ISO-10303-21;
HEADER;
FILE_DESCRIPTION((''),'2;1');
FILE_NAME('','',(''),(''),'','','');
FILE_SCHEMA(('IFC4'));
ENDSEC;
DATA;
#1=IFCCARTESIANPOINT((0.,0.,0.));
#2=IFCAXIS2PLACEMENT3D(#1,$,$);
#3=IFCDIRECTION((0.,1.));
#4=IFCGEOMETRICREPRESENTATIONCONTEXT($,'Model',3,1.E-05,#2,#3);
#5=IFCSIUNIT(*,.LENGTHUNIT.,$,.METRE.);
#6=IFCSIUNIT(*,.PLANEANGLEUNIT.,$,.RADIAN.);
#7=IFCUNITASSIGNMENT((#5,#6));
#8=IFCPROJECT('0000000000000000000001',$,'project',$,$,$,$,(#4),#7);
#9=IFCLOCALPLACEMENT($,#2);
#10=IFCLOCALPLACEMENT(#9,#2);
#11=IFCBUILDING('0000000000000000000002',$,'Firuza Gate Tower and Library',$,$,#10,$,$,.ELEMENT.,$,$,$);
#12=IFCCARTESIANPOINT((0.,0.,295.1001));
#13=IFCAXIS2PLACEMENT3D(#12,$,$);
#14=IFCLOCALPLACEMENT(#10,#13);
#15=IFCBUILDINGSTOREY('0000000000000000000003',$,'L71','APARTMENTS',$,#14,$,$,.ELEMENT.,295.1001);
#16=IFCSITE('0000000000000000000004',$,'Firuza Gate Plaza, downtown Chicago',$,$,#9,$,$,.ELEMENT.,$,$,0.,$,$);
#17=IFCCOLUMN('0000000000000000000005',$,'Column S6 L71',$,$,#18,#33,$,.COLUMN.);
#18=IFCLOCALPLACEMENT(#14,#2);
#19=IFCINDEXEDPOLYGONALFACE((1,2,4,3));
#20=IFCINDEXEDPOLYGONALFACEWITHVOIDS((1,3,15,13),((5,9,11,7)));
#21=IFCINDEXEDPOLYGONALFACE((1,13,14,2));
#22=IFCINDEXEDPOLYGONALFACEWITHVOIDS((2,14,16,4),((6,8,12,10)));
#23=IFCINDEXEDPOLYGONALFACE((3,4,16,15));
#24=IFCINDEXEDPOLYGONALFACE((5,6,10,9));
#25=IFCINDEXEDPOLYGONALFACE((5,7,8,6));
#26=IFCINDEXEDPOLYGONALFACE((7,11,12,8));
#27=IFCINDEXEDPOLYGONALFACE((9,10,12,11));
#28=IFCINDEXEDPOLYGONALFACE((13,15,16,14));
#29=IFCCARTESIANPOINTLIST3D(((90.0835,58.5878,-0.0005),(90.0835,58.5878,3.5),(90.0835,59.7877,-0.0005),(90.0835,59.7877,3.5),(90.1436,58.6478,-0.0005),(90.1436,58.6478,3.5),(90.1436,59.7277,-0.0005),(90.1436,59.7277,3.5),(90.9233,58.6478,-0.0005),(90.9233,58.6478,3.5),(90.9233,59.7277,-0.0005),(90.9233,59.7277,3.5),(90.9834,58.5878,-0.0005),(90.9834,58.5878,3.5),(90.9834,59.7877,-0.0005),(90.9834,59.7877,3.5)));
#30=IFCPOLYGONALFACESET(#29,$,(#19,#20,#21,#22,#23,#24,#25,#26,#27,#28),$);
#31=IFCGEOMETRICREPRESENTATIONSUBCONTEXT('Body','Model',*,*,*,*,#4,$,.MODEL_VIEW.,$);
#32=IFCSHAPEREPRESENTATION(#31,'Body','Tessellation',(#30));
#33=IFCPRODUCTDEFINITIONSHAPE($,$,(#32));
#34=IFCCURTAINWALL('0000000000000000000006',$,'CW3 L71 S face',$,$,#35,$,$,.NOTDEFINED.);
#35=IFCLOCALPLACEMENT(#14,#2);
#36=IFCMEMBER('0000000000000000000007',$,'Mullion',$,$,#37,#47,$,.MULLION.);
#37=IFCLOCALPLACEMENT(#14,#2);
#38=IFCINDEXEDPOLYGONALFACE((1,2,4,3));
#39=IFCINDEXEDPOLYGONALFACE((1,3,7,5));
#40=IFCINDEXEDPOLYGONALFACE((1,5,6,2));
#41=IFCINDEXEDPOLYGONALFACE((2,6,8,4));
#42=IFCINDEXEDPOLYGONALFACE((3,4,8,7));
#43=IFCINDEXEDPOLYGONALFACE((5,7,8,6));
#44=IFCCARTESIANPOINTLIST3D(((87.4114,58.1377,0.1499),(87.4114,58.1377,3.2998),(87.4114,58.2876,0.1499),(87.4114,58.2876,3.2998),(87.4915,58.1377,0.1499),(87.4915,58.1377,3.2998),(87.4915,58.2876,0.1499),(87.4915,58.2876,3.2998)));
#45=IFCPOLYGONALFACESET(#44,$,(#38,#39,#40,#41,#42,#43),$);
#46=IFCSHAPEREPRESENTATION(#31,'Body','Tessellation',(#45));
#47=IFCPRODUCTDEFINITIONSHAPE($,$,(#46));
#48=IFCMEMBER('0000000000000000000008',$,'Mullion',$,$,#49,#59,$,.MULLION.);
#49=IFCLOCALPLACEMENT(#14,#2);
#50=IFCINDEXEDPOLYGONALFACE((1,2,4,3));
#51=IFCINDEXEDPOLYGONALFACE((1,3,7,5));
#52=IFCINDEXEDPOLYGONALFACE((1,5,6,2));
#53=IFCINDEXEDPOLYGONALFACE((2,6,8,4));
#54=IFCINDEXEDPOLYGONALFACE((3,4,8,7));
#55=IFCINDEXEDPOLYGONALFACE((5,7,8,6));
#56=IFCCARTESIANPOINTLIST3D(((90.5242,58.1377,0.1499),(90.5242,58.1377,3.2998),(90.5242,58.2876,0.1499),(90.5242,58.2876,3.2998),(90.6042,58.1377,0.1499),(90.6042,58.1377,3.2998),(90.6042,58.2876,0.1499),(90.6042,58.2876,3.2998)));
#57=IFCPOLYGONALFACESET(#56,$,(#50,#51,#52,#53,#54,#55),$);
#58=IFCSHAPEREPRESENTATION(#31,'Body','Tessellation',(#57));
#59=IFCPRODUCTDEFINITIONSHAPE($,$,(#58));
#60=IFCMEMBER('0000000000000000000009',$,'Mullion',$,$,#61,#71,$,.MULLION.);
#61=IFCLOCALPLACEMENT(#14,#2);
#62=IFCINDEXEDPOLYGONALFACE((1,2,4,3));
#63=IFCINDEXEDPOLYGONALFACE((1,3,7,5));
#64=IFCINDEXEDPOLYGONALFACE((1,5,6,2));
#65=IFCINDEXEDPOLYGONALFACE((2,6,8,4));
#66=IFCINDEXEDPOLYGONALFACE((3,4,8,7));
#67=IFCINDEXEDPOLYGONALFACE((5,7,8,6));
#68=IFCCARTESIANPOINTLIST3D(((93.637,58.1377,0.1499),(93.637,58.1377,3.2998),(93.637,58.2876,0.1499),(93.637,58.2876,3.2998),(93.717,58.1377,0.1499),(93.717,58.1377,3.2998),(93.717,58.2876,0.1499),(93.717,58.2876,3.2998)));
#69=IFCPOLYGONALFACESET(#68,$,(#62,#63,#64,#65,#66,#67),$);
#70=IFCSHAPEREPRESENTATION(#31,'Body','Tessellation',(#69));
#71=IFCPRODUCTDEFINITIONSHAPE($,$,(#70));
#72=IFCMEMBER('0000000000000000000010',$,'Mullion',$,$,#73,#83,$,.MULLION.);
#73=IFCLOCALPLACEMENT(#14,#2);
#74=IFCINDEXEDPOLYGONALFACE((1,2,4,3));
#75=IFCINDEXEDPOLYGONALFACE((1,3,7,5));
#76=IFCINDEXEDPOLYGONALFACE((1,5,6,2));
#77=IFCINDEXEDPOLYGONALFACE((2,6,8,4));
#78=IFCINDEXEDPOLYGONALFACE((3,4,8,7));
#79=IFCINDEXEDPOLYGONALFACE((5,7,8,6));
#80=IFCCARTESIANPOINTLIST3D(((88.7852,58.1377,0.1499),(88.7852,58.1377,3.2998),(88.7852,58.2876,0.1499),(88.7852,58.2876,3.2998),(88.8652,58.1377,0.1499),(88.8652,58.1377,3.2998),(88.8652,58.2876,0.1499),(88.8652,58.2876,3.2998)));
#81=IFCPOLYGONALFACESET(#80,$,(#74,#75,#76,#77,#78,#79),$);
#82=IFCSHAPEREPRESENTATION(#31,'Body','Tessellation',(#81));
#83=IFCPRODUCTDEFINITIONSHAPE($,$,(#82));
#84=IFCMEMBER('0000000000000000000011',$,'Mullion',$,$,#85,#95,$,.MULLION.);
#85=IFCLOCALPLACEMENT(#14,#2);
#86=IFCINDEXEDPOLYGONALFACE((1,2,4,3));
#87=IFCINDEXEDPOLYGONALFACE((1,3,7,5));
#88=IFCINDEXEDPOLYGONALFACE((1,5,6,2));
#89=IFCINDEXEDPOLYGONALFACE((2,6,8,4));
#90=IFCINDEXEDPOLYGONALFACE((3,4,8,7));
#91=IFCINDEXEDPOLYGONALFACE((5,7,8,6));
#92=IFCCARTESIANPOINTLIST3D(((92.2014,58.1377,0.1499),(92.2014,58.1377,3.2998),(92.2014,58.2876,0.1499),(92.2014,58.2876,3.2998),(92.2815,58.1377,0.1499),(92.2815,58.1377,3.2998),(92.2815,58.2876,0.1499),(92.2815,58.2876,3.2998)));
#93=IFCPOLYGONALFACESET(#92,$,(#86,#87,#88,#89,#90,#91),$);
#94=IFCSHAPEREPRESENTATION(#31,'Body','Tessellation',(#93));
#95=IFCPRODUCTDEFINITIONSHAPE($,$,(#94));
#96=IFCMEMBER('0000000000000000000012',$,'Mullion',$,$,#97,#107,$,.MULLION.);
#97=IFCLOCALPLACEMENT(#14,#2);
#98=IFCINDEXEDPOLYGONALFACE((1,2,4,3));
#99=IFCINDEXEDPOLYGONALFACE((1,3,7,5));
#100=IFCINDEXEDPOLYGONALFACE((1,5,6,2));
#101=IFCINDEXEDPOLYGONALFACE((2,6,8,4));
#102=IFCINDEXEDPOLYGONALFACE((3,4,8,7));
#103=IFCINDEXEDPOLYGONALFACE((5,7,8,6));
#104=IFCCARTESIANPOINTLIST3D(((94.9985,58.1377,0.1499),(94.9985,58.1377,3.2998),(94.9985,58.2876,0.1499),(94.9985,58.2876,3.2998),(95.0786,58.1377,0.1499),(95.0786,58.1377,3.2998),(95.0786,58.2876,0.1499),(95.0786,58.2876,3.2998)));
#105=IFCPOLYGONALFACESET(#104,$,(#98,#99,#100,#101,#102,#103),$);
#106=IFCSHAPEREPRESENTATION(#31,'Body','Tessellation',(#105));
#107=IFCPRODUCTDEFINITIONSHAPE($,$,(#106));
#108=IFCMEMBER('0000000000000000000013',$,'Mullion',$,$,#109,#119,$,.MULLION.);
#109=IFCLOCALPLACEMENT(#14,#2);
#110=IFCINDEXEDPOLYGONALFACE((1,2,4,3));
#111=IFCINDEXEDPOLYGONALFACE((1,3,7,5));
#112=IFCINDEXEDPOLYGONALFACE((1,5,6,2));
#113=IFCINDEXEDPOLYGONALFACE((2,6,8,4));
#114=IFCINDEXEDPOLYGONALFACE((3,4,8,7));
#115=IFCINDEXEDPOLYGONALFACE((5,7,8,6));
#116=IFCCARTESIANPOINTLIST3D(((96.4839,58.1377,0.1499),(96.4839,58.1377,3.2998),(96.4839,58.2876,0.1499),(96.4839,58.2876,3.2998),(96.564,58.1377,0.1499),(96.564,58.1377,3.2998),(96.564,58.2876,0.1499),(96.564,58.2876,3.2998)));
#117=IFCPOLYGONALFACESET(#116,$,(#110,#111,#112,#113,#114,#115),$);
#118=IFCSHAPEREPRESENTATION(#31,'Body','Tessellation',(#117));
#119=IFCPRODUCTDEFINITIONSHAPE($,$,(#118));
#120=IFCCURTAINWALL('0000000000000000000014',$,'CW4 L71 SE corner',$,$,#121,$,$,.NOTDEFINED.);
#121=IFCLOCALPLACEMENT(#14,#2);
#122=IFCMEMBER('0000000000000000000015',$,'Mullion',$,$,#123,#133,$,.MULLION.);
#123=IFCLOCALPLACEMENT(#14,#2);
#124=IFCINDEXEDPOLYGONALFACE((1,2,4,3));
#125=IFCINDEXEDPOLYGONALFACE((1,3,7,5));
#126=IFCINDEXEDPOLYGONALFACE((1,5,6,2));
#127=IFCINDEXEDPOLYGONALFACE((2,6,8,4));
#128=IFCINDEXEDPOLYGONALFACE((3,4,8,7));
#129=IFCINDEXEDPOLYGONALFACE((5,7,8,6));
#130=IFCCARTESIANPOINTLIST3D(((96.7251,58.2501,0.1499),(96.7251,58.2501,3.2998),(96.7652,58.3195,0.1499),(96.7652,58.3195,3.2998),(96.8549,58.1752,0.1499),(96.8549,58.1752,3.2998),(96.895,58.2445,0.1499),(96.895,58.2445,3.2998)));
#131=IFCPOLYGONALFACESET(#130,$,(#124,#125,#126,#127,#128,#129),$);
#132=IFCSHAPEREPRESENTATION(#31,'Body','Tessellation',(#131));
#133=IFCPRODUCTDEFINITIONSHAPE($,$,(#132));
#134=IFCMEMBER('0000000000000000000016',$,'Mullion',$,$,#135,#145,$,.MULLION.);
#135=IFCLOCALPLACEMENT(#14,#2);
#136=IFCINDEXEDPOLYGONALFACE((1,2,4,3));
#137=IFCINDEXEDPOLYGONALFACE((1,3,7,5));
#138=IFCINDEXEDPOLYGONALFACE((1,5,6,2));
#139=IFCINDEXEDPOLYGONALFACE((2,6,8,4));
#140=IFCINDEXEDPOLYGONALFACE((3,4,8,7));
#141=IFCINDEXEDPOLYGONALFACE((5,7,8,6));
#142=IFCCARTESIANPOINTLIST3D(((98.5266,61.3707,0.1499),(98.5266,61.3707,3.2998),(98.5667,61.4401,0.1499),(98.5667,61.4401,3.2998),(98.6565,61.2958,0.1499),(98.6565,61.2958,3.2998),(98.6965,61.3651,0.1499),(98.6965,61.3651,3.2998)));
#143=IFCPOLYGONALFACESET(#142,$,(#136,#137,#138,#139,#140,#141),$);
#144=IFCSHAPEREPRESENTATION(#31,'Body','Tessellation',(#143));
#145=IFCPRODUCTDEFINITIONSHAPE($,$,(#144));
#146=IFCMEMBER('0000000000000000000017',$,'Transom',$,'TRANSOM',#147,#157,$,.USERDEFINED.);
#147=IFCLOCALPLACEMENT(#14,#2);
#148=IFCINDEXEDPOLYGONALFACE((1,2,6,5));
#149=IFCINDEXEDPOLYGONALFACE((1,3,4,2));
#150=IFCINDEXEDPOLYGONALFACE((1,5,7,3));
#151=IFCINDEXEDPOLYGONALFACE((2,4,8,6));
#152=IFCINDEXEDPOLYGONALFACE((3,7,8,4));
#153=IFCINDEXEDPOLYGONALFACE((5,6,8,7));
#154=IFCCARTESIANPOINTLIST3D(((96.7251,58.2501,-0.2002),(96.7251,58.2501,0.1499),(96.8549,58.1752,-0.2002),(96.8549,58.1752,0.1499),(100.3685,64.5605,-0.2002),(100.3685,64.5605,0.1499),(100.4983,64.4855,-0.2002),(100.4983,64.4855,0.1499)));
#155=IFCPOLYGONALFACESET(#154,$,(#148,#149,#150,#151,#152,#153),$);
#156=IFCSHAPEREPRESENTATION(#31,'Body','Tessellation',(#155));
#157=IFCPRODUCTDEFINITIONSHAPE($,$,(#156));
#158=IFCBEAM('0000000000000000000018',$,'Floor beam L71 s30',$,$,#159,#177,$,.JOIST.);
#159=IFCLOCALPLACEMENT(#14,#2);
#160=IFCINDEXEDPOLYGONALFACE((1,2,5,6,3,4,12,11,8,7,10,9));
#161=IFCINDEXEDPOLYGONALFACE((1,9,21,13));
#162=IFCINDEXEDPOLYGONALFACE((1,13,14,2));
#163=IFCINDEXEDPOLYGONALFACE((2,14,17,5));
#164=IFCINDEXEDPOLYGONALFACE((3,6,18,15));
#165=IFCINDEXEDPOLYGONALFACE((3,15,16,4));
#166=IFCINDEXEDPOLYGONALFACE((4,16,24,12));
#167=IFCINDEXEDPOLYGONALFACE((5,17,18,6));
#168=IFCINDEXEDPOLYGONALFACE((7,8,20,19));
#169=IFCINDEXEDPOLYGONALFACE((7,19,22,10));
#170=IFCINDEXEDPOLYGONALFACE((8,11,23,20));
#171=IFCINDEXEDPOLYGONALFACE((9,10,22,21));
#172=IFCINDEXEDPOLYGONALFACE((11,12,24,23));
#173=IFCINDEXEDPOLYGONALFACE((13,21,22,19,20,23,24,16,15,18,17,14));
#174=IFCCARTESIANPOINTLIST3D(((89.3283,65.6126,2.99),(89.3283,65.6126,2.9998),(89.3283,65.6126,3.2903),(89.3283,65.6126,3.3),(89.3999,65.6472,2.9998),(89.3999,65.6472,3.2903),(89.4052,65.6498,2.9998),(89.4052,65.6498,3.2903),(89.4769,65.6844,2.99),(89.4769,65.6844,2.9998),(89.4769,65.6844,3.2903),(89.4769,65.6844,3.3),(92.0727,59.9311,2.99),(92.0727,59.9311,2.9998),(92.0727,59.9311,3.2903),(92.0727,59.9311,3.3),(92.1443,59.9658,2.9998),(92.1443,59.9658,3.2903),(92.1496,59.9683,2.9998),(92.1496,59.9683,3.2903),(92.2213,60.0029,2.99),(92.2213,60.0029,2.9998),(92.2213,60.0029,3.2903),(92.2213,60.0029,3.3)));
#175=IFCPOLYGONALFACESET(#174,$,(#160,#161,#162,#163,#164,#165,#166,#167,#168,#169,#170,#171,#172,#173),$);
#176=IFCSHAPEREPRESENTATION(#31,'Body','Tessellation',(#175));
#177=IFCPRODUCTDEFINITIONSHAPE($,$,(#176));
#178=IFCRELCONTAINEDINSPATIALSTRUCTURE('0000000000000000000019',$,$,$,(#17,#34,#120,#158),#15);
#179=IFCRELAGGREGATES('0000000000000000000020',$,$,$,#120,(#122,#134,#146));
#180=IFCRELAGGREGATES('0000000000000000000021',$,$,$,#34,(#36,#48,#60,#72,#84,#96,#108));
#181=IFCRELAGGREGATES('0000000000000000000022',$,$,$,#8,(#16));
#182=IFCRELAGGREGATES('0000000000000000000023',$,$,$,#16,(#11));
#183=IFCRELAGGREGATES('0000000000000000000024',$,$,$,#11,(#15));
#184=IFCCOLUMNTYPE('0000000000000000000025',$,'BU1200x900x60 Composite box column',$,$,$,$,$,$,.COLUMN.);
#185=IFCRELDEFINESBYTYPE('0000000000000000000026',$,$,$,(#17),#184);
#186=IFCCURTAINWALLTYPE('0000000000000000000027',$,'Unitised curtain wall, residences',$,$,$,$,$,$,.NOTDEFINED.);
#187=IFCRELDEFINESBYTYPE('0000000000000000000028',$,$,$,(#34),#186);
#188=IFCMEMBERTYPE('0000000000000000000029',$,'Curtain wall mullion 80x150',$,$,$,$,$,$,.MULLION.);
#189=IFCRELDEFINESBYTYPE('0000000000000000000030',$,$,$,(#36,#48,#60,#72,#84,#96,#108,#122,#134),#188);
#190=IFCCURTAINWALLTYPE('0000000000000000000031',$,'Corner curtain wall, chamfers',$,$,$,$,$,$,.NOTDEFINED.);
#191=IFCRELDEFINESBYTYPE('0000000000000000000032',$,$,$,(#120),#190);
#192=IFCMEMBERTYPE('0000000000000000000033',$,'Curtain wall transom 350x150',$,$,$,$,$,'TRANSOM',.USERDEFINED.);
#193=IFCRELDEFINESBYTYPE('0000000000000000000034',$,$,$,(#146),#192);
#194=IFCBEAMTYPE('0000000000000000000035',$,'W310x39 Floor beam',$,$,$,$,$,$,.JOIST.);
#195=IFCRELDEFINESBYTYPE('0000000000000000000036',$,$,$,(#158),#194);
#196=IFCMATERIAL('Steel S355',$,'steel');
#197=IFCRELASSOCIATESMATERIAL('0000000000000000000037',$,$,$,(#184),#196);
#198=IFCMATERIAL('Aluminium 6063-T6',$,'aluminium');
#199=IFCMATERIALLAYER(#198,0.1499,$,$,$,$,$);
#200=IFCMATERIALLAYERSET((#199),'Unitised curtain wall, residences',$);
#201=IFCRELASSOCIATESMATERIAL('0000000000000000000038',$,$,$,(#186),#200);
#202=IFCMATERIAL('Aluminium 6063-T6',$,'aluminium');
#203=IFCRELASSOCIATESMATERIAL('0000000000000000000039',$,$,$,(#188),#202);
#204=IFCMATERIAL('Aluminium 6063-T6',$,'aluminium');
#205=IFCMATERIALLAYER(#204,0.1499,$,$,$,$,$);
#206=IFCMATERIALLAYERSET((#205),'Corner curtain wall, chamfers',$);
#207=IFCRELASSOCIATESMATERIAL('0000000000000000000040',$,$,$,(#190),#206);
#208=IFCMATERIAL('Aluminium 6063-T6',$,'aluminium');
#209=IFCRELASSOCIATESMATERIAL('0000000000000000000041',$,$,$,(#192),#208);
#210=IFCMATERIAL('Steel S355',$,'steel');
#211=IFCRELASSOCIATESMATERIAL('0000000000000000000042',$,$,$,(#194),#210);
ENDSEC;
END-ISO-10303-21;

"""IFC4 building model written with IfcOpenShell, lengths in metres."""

from ifc_helpers import new_model, si_unit, direction, frame, origin, origin_2d, place, context, subcontext, project, spatial, rectangle, hollow_rectangle, i_section, extrude, material, layer, layer_set, material_profile, profile_set, type_object, element, aggregate, save


model = new_model("IFC4")

# Units and contexts
model_context = context("Model", 3, precision=1e-05, world=origin(), true_north=direction((0.0, 1.0)))
body_context = subcontext(model_context, "Body", "Model", "MODEL_VIEW")
ifc_project = project(units=[si_unit("LENGTHUNIT", "METRE"), si_unit("PLANEANGLEUNIT", "RADIAN")], contexts=[model_context])

# Site, building, storey
site_placement = place(None, origin())
site = spatial("IfcSite", under=ifc_project, at=site_placement, Name="Firuza Gate Plaza, downtown Chicago", CompositionType="ELEMENT", RefElevation=0.0)
building_placement = place(site_placement, origin())
building = spatial("IfcBuilding", under=site, at=building_placement, Name="Firuza Gate Tower and Library", CompositionType="ELEMENT")
storey_placement = place(building_placement, frame((0.0, 0.0, 295.1001)))
storey = spatial("IfcBuildingStorey", under=building, at=storey_placement, Name="L71", Description="APARTMENTS", CompositionType="ELEMENT", Elevation=295.1001)

# Column
ifc_material_1 = material(Name="Steel S355", Category="steel")
ifc_material_profile_1 = material_profile(ifc_material_1, hollow_rectangle(XDim=0.8999, YDim=1.2, WallThickness=0.0601, at=origin_2d()))
ifc_profile_set_1 = profile_set([ifc_material_profile_1], Name="Steel S355")
column_type = type_object("IfcColumnType", Name="BU1200x900x60 Composite box column", PredefinedType="COLUMN", material=ifc_profile_set_1)
column_placement = place(storey_placement, frame((90.5334, 59.1877, -0.0005), z_axis=(0.0, 0.0, 1.0), x_axis=(1.0, 0.0, 0.0)))
element("IfcColumn", 1, at=column_placement, inside=storey, type_object=column_type, Name="Column S6 L71", PredefinedType="COLUMN", context=body_context, shape_type="SweptSolid", body=[
    extrude(hollow_rectangle(XDim=0.8999, YDim=1.2, WallThickness=0.0601, at=origin_2d()), origin(), (0.0, 0.0, 1.0), 3.5005),
])

# Curtain walls, members
ifc_material_2 = material(Name="Aluminium 6063-T6", Category="aluminium")
ifc_layer_1 = layer(ifc_material_2, 0.1499)
ifc_layer_set_1 = layer_set([ifc_layer_1], Name="Unitised curtain wall, residences")
curtain_wall_type_1 = type_object("IfcCurtainWallType", Name="Unitised curtain wall, residences", PredefinedType="NOTDEFINED", material=ifc_layer_set_1)
placement = place(storey_placement, origin())
curtain_wall_1 = element("IfcCurtainWall", 2, at=placement, inside=storey, type_object=curtain_wall_type_1, Name="CW3 L71 S face", PredefinedType="NOTDEFINED")
ifc_material_3 = material(Name="Aluminium 6063-T6", Category="aluminium")
ifc_material_profile_2 = material_profile(ifc_material_3, rectangle(XDim=0.1499, YDim=0.0801, at=origin_2d()))
ifc_profile_set_2 = profile_set([ifc_material_profile_2], Name="Aluminium 6063-T6")
member_type_1 = type_object("IfcMemberType", Name="Curtain wall mullion 80x150", PredefinedType="MULLION", material=ifc_profile_set_2)
member_1_placement = place(storey_placement, frame((87.4514, 58.2126, 0.1499), z_axis=(0.0, 0.0, 1.0), x_axis=(0.0, 1.0, 0.0)))
member_1 = element("IfcMember", 3, at=member_1_placement, type_object=member_type_1, Name="Mullion", PredefinedType="MULLION", context=body_context, shape_type="SweptSolid", body=[
    extrude(rectangle(XDim=0.1499, YDim=0.0801, at=origin_2d()), origin(), (0.0, 0.0, 1.0), 3.1499),
])
member_2_placement = place(storey_placement, frame((90.5642, 58.2126, 0.1499), z_axis=(0.0, 0.0, 1.0), x_axis=(0.0, 1.0, 0.0)))
member_2 = element("IfcMember", 4, at=member_2_placement, type_object=member_type_1, Name="Mullion", PredefinedType="MULLION", context=body_context, shape_type="SweptSolid", body=[
    extrude(rectangle(XDim=0.1499, YDim=0.0801, at=origin_2d()), origin(), (0.0, 0.0, 1.0), 3.1499),
])
member_3_placement = place(storey_placement, frame((93.677, 58.2126, 0.1499), z_axis=(0.0, 0.0, 1.0), x_axis=(0.0, 1.0, 0.0)))
member_3 = element("IfcMember", 5, at=member_3_placement, type_object=member_type_1, Name="Mullion", PredefinedType="MULLION", context=body_context, shape_type="SweptSolid", body=[
    extrude(rectangle(XDim=0.1499, YDim=0.0801, at=origin_2d()), origin(), (0.0, 0.0, 1.0), 3.1499),
])
member_4_placement = place(storey_placement, frame((88.8252, 58.2126, 0.1499), z_axis=(0.0, 0.0, 1.0), x_axis=(0.0, 1.0, 0.0)))
member_4 = element("IfcMember", 6, at=member_4_placement, type_object=member_type_1, Name="Mullion", PredefinedType="MULLION", context=body_context, shape_type="SweptSolid", body=[
    extrude(rectangle(XDim=0.1499, YDim=0.0801, at=origin_2d()), origin(), (0.0, 0.0, 1.0), 3.1499),
])
member_5_placement = place(storey_placement, frame((92.2415, 58.2126, 0.1499), z_axis=(0.0, 0.0, 1.0), x_axis=(0.0, 1.0, 0.0)))
member_5 = element("IfcMember", 7, at=member_5_placement, type_object=member_type_1, Name="Mullion", PredefinedType="MULLION", context=body_context, shape_type="SweptSolid", body=[
    extrude(rectangle(XDim=0.1499, YDim=0.0801, at=origin_2d()), origin(), (0.0, 0.0, 1.0), 3.1499),
])
member_6_placement = place(storey_placement, frame((95.0386, 58.2126, 0.1499), z_axis=(0.0, 0.0, 1.0), x_axis=(0.0, 1.0, 0.0)))
member_6 = element("IfcMember", 8, at=member_6_placement, type_object=member_type_1, Name="Mullion", PredefinedType="MULLION", context=body_context, shape_type="SweptSolid", body=[
    extrude(rectangle(XDim=0.1499, YDim=0.0801, at=origin_2d()), origin(), (0.0, 0.0, 1.0), 3.1499),
])
member_7_placement = place(storey_placement, frame((96.5239, 58.2126, 0.1499), z_axis=(0.0, 0.0, 1.0), x_axis=(0.0, 1.0, 0.0)))
member_7 = element("IfcMember", 9, at=member_7_placement, type_object=member_type_1, Name="Mullion", PredefinedType="MULLION", context=body_context, shape_type="SweptSolid", body=[
    extrude(rectangle(XDim=0.1499, YDim=0.0801, at=origin_2d()), origin(), (0.0, 0.0, 1.0), 3.1499),
])
ifc_material_4 = material(Name="Aluminium 6063-T6", Category="aluminium")
ifc_layer_2 = layer(ifc_material_4, 0.1499)
ifc_layer_set_2 = layer_set([ifc_layer_2], Name="Corner curtain wall, chamfers")
curtain_wall_type_2 = type_object("IfcCurtainWallType", Name="Corner curtain wall, chamfers", PredefinedType="NOTDEFINED", material=ifc_layer_set_2)
curtain_wall_2 = element("IfcCurtainWall", 10, at=placement, inside=storey, type_object=curtain_wall_type_2, Name="CW4 L71 SE corner", PredefinedType="NOTDEFINED")
member_8_placement = place(storey_placement, frame((96.8101, 58.2473, 0.1499), z_axis=(0.0, 0.0, 1.0), x_axis=(-0.866025, 0.5, 0.0)))
member_8 = element("IfcMember", 11, at=member_8_placement, type_object=member_type_1, Name="Mullion", PredefinedType="MULLION", context=body_context, shape_type="SweptSolid", body=[
    extrude(rectangle(XDim=0.1499, YDim=0.0801, at=origin_2d()), origin(), (0.0, 0.0, 1.0), 3.1499),
])
member_9_placement = place(storey_placement, frame((98.6116, 61.3679, 0.1499), z_axis=(0.0, 0.0, 1.0), x_axis=(-0.866025, 0.5, 0.0)))
member_9 = element("IfcMember", 12, at=member_9_placement, type_object=member_type_1, Name="Mullion", PredefinedType="MULLION", context=body_context, shape_type="SweptSolid", body=[
    extrude(rectangle(XDim=0.1499, YDim=0.0801, at=origin_2d()), origin(), (0.0, 0.0, 1.0), 3.1499),
])
ifc_material_5 = material(Name="Aluminium 6063-T6", Category="aluminium")
ifc_material_profile_3 = material_profile(ifc_material_5, rectangle(XDim=0.1499, YDim=0.3501, at=origin_2d()))
ifc_profile_set_3 = profile_set([ifc_material_profile_3], Name="Aluminium 6063-T6")
member_type_2 = type_object("IfcMemberType", Name="Curtain wall transom 350x150", ElementType="TRANSOM", PredefinedType="USERDEFINED", material=ifc_profile_set_3)
member_10_placement = place(storey_placement, frame((96.79, 58.2126, -0.0251), z_axis=(0.500006, 0.866022, 0.0), x_axis=(-0.866022, 0.500006, 0.0)))
member_10 = element("IfcMember", 13, at=member_10_placement, type_object=member_type_2, Name="Transom", ObjectType="TRANSOM", PredefinedType="USERDEFINED", context=body_context, shape_type="SweptSolid", body=[
    extrude(rectangle(XDim=0.1499, YDim=0.3501, at=origin_2d()), origin(), (0.0, 0.0, 1.0), 7.2866),
])

# Beam
ifc_material_6 = material(Name="Steel S355", Category="steel")
ifc_material_profile_4 = material_profile(ifc_material_6, i_section(OverallWidth=0.165, OverallDepth=0.3101, WebThickness=0.0059, FlangeThickness=0.0098, at=origin_2d()))
ifc_profile_set_4 = profile_set([ifc_material_profile_4], Name="Steel S355")
beam_type_1 = type_object("IfcBeamType", Name="W310x39 Floor beam", PredefinedType="JOIST", material=ifc_profile_set_4)
beam_1_placement = place(storey_placement, frame((92.147, 59.967, 3.145), z_axis=(-0.43496, 0.90045, 0.0), x_axis=(-0.90045, -0.43496, 0.0)))
element("IfcBeam", 14, at=beam_1_placement, inside=storey, type_object=beam_type_1, Name="Floor beam L71 s30", PredefinedType="JOIST", context=body_context, shape_type="SweptSolid", body=[
    extrude(i_section(OverallWidth=0.165, OverallDepth=0.3101, WebThickness=0.0059, FlangeThickness=0.0098, at=origin_2d()), origin(), (0.0, 0.0, 1.0), 6.3096),
])

aggregate(curtain_wall_2, [member_8, member_9, member_10])
aggregate(curtain_wall_1, [member_1, member_2, member_3, member_4, member_5, member_6, member_7])

save(model, "model.ifc")
